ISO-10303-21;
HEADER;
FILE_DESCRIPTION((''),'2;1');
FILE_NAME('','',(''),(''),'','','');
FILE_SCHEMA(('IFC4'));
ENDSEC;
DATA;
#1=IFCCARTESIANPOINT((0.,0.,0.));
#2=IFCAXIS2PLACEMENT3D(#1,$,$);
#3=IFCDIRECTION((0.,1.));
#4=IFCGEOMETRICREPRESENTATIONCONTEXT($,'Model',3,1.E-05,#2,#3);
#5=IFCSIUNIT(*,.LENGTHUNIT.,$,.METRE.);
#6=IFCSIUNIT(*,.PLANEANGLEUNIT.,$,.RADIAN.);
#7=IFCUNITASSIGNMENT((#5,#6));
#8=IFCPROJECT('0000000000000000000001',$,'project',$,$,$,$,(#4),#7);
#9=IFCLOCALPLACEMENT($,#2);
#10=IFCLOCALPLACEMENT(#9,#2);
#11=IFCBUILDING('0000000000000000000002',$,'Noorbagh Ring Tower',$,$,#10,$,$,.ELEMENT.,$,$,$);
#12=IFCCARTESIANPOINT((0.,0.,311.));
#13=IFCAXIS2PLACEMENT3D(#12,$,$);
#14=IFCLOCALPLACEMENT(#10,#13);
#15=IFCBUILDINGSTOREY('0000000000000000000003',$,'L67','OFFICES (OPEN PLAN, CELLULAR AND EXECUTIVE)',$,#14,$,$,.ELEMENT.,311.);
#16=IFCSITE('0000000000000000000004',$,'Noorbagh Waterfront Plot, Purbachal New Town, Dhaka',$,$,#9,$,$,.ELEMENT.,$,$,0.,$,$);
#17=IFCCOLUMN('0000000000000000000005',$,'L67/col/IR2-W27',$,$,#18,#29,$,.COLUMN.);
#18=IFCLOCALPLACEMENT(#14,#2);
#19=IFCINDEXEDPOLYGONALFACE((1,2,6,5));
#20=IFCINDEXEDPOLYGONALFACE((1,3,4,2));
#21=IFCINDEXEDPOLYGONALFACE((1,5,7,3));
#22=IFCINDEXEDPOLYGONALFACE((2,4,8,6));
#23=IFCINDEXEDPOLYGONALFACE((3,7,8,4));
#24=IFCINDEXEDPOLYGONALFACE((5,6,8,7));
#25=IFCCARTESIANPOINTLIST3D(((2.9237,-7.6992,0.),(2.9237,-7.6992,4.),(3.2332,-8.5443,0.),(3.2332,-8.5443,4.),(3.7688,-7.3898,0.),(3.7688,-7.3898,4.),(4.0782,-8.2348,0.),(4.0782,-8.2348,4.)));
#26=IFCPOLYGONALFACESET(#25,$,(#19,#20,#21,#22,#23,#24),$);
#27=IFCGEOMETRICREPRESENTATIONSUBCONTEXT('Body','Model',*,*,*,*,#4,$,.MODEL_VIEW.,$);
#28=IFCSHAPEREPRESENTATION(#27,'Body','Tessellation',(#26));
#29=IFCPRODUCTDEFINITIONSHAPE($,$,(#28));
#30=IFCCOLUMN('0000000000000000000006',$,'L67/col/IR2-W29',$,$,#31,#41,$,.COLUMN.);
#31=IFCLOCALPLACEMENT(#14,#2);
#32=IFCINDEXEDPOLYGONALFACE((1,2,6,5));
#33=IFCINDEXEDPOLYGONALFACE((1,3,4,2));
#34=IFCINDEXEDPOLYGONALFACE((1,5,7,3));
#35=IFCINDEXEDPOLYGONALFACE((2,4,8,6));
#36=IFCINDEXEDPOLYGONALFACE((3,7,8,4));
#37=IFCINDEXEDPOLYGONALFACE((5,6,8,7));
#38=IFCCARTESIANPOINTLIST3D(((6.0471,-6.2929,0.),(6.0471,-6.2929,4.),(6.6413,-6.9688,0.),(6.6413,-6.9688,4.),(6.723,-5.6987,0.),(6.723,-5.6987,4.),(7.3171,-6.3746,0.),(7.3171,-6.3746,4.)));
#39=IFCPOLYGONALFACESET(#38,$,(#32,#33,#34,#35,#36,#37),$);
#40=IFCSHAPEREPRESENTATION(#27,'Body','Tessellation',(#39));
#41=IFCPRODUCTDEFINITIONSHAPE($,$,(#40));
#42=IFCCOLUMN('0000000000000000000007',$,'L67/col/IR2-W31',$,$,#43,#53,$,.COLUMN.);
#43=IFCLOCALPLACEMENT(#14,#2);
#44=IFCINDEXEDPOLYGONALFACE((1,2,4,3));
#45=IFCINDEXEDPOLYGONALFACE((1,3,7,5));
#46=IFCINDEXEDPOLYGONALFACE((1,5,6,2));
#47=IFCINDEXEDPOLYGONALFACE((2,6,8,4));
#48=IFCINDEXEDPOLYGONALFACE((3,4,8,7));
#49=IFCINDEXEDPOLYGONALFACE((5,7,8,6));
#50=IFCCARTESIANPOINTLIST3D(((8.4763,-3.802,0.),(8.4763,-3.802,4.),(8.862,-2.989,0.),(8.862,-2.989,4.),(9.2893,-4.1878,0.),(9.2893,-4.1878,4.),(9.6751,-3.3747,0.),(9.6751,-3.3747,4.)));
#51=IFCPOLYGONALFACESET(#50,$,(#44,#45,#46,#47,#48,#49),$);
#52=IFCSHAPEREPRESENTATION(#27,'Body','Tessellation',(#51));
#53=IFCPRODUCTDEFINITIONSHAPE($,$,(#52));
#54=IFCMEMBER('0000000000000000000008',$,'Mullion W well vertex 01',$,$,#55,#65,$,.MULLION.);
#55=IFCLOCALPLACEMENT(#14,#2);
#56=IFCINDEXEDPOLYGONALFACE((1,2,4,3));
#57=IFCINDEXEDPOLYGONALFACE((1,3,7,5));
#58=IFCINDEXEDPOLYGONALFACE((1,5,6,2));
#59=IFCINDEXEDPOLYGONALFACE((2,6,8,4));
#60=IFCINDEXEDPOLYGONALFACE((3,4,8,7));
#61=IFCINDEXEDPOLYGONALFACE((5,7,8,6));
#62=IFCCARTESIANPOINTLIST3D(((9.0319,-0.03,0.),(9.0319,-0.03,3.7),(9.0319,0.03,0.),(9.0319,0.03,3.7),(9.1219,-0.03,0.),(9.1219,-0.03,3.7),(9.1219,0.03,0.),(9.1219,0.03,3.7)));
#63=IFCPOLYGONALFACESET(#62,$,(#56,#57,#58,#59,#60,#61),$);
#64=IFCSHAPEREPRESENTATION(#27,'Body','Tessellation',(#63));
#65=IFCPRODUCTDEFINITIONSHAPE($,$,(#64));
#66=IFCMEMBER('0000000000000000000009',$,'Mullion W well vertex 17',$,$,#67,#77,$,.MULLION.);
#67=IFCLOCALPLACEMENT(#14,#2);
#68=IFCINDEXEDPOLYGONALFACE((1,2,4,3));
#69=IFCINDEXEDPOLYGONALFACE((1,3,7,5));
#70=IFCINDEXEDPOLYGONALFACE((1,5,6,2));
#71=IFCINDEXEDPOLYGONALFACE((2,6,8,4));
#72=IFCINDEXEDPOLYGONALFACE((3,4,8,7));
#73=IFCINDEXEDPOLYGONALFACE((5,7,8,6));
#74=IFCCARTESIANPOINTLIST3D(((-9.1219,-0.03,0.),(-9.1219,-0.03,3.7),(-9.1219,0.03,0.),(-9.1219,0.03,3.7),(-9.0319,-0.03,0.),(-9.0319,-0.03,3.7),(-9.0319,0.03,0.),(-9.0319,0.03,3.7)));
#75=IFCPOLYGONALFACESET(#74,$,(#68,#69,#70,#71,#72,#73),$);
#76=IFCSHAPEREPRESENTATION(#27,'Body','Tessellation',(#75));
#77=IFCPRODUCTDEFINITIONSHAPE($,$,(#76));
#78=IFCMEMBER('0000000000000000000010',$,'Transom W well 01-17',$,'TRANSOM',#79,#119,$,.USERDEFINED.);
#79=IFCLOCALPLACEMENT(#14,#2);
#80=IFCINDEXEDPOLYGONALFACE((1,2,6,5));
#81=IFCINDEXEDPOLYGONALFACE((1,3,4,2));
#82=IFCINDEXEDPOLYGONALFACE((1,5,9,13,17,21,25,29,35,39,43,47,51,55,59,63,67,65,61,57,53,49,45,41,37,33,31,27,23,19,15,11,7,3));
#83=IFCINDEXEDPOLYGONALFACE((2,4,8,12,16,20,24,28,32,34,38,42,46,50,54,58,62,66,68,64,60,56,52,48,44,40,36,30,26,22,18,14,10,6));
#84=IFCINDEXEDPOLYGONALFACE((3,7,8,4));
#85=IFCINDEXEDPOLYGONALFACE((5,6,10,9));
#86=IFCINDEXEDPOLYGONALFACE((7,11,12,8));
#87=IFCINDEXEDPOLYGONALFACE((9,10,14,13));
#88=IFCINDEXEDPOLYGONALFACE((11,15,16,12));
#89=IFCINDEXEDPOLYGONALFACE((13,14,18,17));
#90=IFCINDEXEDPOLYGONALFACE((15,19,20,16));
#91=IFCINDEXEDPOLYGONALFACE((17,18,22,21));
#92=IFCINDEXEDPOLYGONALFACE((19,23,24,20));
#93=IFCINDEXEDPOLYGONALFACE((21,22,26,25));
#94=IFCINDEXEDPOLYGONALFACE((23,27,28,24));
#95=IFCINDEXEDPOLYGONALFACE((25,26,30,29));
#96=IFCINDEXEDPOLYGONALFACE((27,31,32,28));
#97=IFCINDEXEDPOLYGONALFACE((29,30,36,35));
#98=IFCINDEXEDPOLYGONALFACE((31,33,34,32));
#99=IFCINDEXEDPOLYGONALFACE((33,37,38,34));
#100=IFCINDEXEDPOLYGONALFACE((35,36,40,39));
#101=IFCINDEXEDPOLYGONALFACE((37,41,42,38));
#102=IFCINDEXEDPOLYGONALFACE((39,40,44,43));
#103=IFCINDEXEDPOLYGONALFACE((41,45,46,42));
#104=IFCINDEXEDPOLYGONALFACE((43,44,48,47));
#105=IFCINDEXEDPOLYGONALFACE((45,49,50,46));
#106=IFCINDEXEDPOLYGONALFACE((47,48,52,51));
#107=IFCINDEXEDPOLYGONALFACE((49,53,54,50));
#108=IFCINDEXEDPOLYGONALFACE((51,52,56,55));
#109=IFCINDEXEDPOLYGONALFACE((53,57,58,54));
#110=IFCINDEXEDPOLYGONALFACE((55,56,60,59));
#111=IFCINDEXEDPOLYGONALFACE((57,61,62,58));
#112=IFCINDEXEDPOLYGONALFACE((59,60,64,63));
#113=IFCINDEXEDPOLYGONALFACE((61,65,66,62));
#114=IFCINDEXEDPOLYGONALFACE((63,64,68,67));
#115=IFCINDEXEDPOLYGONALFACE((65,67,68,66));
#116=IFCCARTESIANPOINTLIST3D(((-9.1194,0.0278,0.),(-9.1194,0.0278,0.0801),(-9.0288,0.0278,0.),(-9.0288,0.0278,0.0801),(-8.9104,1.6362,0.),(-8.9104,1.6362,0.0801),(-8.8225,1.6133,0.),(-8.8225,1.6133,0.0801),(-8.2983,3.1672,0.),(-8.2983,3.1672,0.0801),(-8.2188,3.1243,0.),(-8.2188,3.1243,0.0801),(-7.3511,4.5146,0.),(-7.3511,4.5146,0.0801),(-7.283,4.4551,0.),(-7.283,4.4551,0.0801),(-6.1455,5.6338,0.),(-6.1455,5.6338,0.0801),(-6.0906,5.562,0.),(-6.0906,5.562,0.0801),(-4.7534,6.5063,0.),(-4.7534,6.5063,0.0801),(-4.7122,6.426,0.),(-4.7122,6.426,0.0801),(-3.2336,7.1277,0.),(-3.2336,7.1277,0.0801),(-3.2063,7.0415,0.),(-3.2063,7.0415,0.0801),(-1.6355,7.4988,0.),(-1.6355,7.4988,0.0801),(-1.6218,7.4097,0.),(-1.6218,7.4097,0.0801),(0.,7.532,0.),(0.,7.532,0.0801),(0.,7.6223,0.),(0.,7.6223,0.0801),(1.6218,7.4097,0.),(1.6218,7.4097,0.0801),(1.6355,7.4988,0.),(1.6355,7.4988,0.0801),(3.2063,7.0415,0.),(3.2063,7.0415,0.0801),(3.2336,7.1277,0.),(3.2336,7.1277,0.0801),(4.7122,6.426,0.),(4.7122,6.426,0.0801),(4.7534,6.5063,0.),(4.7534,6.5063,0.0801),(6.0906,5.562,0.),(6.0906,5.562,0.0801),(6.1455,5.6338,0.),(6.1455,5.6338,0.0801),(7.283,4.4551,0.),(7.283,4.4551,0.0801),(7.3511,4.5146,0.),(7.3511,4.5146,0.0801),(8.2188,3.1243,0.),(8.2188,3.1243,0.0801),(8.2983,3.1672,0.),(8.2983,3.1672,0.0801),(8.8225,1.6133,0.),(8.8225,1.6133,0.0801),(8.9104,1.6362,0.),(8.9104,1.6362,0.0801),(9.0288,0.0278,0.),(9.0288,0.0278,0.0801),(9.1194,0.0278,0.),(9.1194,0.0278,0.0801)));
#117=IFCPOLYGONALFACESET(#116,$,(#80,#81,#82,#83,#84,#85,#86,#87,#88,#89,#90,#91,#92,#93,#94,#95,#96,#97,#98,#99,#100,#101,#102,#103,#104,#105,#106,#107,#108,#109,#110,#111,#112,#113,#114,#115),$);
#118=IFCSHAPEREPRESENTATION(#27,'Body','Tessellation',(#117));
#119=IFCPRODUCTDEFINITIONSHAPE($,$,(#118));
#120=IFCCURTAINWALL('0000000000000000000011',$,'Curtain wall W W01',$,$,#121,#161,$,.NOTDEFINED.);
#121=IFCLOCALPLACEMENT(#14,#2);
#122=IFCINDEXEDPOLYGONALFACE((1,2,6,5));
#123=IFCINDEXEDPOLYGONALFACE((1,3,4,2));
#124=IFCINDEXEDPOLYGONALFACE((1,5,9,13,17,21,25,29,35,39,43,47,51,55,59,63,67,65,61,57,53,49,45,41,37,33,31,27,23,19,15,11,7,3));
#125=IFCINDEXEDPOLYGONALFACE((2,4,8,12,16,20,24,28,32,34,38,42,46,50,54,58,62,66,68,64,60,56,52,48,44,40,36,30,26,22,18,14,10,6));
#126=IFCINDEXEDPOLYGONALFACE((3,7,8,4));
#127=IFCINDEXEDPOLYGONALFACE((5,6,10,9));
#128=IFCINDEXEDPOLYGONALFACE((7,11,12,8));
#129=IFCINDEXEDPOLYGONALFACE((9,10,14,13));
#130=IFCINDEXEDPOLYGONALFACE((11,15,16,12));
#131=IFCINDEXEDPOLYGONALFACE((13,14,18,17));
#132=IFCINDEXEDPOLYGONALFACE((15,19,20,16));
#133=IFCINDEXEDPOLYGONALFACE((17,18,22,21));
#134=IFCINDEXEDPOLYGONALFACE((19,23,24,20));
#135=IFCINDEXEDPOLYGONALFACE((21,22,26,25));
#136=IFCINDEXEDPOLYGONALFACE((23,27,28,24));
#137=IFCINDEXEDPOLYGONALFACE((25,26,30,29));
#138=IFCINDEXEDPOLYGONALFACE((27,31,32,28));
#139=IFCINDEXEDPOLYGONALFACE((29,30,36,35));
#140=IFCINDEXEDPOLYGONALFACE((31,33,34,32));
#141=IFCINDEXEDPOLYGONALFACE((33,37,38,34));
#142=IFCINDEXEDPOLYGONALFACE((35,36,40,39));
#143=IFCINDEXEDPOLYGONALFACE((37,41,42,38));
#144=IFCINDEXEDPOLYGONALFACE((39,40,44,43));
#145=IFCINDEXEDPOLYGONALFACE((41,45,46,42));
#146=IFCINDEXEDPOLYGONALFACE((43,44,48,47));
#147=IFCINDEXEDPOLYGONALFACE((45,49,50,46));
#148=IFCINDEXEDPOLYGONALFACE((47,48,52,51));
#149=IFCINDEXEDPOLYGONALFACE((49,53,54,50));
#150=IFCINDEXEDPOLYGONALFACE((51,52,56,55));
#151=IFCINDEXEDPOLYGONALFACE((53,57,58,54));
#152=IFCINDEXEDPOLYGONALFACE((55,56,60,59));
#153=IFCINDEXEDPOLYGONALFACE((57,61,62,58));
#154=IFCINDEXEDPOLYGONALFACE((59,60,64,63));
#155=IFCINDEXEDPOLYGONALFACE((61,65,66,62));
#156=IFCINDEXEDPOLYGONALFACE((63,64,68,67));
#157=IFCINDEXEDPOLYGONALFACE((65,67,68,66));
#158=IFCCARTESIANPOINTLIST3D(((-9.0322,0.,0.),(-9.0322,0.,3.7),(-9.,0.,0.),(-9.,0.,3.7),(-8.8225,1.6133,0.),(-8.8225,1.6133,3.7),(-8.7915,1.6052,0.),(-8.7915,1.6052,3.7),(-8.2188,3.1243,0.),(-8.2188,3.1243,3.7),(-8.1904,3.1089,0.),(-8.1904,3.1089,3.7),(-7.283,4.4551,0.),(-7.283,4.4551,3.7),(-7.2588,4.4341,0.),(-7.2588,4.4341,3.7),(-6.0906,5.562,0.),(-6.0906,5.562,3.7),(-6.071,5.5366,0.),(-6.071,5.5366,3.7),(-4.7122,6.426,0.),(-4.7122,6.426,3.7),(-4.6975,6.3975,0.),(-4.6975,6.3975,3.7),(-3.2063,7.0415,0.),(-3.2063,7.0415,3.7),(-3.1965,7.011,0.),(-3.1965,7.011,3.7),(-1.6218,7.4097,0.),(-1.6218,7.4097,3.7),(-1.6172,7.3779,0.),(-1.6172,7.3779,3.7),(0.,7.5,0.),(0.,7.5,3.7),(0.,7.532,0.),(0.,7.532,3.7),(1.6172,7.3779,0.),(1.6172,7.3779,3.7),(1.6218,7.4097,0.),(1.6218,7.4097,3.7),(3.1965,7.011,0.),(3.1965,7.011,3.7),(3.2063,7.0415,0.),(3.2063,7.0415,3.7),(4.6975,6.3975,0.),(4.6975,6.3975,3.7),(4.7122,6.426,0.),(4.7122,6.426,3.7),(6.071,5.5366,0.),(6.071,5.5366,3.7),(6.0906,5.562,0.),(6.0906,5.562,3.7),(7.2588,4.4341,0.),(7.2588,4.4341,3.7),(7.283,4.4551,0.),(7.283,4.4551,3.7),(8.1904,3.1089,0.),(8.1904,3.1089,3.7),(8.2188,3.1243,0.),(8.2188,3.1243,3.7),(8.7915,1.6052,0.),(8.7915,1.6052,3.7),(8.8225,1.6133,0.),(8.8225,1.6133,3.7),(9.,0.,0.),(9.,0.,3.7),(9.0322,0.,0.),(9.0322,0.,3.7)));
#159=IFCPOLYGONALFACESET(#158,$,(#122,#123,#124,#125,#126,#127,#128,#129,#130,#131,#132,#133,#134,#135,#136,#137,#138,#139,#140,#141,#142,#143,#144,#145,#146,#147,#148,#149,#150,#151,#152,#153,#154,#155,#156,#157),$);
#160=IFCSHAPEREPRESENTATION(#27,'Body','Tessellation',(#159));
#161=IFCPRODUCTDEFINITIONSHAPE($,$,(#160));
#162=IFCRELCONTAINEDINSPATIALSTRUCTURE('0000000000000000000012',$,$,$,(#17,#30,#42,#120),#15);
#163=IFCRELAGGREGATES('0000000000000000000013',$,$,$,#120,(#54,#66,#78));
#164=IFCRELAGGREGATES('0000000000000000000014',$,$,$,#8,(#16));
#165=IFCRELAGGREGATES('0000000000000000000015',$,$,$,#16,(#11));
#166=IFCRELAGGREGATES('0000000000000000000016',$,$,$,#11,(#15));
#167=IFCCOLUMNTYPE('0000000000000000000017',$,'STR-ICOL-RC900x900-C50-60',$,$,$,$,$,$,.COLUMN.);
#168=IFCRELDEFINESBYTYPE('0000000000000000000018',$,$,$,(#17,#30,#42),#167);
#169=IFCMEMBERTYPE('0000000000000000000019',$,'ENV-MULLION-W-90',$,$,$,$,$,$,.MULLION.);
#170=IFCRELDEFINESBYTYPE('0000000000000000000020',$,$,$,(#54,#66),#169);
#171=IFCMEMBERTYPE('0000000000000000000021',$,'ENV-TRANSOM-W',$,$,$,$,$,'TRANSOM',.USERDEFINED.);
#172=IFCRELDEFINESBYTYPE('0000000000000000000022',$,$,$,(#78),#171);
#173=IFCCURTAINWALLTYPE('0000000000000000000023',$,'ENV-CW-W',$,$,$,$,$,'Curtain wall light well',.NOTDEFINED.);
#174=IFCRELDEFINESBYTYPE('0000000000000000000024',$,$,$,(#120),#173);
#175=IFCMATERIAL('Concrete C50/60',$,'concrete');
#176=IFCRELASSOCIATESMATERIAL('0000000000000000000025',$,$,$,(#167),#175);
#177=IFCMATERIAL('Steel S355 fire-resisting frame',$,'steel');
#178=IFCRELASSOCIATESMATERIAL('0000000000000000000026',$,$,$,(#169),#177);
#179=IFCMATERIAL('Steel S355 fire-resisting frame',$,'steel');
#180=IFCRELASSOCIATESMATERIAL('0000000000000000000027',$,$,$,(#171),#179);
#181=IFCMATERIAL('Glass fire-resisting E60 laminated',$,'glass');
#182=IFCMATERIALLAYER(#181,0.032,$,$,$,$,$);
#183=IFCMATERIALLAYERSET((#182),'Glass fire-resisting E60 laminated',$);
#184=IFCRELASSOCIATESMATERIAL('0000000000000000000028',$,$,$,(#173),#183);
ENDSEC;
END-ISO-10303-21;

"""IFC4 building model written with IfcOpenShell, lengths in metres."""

from ifc_helpers import new_model, si_unit, direction, frame, origin, origin_2d, place, context, subcontext, project, spatial, polyline, rectangle, outline, extrude, material, layer, layer_set, material_profile, profile_set, type_object, element, aggregate, save


model = new_model("IFC4")

# Units and contexts
model_context = context("Model", 3, precision=1e-05, world=origin(), true_north=direction((0.0, 1.0)))
body_context = subcontext(model_context, "Body", "Model", "MODEL_VIEW")
ifc_project = project(units=[si_unit("LENGTHUNIT", "METRE"), si_unit("PLANEANGLEUNIT", "RADIAN")], contexts=[model_context])

# Site, building, storey
site_placement = place(None, origin())
site = spatial("IfcSite", under=ifc_project, at=site_placement, Name="Noorbagh Waterfront Plot, Purbachal New Town, Dhaka", CompositionType="ELEMENT", RefElevation=0.0)
building_placement = place(site_placement, origin())
building = spatial("IfcBuilding", under=site, at=building_placement, Name="Noorbagh Ring Tower", CompositionType="ELEMENT")
storey_placement = place(building_placement, frame((0.0, 0.0, 311.0)))
storey = spatial("IfcBuildingStorey", under=building, at=storey_placement, Name="L67", Description="OFFICES (OPEN PLAN, CELLULAR AND EXECUTIVE)", CompositionType="ELEMENT", Elevation=311.0)

# Columns
ifc_material_1 = material(Name="Concrete C50/60", Category="concrete")
ifc_material_profile_1 = material_profile(ifc_material_1, rectangle(XDim=0.8999, YDim=0.8999, at=origin_2d()), Name="RC900x900")
ifc_profile_set_1 = profile_set([ifc_material_profile_1], Name="Concrete C50/60")
column_type = type_object("IfcColumnType", Name="STR-ICOL-RC900x900-C50-60", PredefinedType="COLUMN", material=ifc_profile_set_1)
for number, where, z_axis, x_axis, name in (
    (1, (3.501, -7.967, 0.0), (0.0, 0.0, 1.0), (0.93902, 0.343864, 0.0), "L67/col/IR2-W27"),
    (2, (6.6821, -6.3337, 0.0), (0.0, 0.0, 1.0), (0.751022, 0.660277, 0.0), "L67/col/IR2-W29"),
    (3, (9.0757, -3.5884, 0.0), (0.0, 0.0, 1.0), (0.428667, 0.903463, 0.0), "L67/col/IR2-W31"),
):
    element("IfcColumn", number, at=place(storey_placement, frame(where, z_axis=z_axis, x_axis=x_axis)), inside=storey, type_object=column_type, Name=name, PredefinedType="COLUMN", context=body_context, shape_type="SweptSolid", body=[
        extrude(rectangle(XDim=0.8999, YDim=0.8999, at=origin_2d()), origin(), (0.0, 0.0, 1.0), 4.0),
    ])

# Members
ifc_material_2 = material(Name="Steel S355 fire-resisting frame", Category="steel")
ifc_material_profile_2 = material_profile(ifc_material_2, rectangle(XDim=0.0901, YDim=0.0601, at=origin_2d()), Name="90x60")
ifc_profile_set_2 = profile_set([ifc_material_profile_2], Name="Steel S355 fire-resisting frame")
member_type_1 = type_object("IfcMemberType", Name="ENV-MULLION-W-90", PredefinedType="MULLION", material=ifc_profile_set_2)
member_1_placement = place(storey_placement, frame((9.0769, 0.0, 0.0), z_axis=(0.0, 0.0, 1.0), x_axis=(1.0, 0.0, 0.0)))
member_1 = element("IfcMember", 4, at=member_1_placement, type_object=member_type_1, Name="Mullion W well vertex 01", PredefinedType="MULLION", context=body_context, shape_type="SweptSolid", body=[
    extrude(rectangle(XDim=0.0901, YDim=0.0601, at=origin_2d()), origin(), (0.0, 0.0, 1.0), 3.7),
])
member_2_placement = place(storey_placement, frame((-9.0769, 0.0, 0.0), z_axis=(0.0, 0.0, 1.0), x_axis=(-1.0, 0.0, 0.0)))
member_2 = element("IfcMember", 5, at=member_2_placement, type_object=member_type_1, Name="Mullion W well vertex 17", PredefinedType="MULLION", context=body_context, shape_type="SweptSolid", body=[
    extrude(rectangle(XDim=0.0901, YDim=0.0601, at=origin_2d()), origin(), (0.0, 0.0, 1.0), 3.7),
])
ifc_material_3 = material(Name="Steel S355 fire-resisting frame", Category="steel")
member_type_2 = type_object("IfcMemberType", Name="ENV-TRANSOM-W", ElementType="TRANSOM", PredefinedType="USERDEFINED", material=ifc_material_3)
member_3_placement = place(storey_placement, origin())
member_3 = element("IfcMember", 6, at=member_3_placement, type_object=member_type_2, Name="Transom W well 01-17", ObjectType="TRANSOM", PredefinedType="USERDEFINED", context=body_context, shape_type="SweptSolid", body=[
    extrude(outline(polyline([(9.1194, 0.0278), (8.9104, 1.6362), (8.2983, 3.1672), (7.3511, 4.5146), (6.1455, 5.6338), (4.7534, 6.5063), (3.2336, 7.1277), (1.6355, 7.4988), (0.0, 7.6223), (-1.6355, 7.4988), (-3.2336, 7.1277), (-4.7534, 6.5063), (-6.1455, 5.6338), (-7.3511, 4.5146), (-8.2983, 3.1672), (-8.9104, 1.6362), (-9.1194, 0.0278), (-9.0288, 0.0278), (-8.8225, 1.6133), (-8.2188, 3.1243), (-7.283, 4.4551), (-6.0906, 5.562), (-4.7122, 6.426), (-3.2063, 7.0415), (-1.6218, 7.4097), (0.0, 7.532), (1.6218, 7.4097), (3.2063, 7.0415), (4.7122, 6.426), (6.0906, 5.562), (7.283, 4.4551), (8.2188, 3.1243), (8.8225, 1.6133), (9.0288, 0.0278), (9.1194, 0.0278)])), origin(), (0.0, 0.0, 1.0), 0.0801),
])

# Curtain wall
ifc_material_4 = material(Name="Glass fire-resisting E60 laminated", Category="glass")
ifc_layer_1 = layer(ifc_material_4, 0.032)
ifc_layer_set_1 = layer_set([ifc_layer_1], Name="Glass fire-resisting E60 laminated")
curtain_wall_type = type_object("IfcCurtainWallType", Name="ENV-CW-W", ElementType="Curtain wall light well", PredefinedType="NOTDEFINED", material=ifc_layer_set_1)
curtain_wall_1_placement = place(storey_placement, origin())
curtain_wall_1 = element("IfcCurtainWall", 7, at=curtain_wall_1_placement, inside=storey, type_object=curtain_wall_type, Name="Curtain wall W W01", PredefinedType="NOTDEFINED", context=body_context, shape_type="SweptSolid", body=[
    extrude(outline(polyline([(9.0322, 0.0), (8.8225, 1.6133), (8.2188, 3.1243), (7.283, 4.4551), (6.0906, 5.562), (4.7122, 6.426), (3.2063, 7.0415), (1.6218, 7.4097), (0.0, 7.532), (-1.6218, 7.4097), (-3.2063, 7.0415), (-4.7122, 6.426), (-6.0906, 5.562), (-7.283, 4.4551), (-8.2188, 3.1243), (-8.8225, 1.6133), (-9.0322, 0.0), (-9.0, 0.0), (-8.7915, 1.6052), (-8.1904, 3.1089), (-7.2588, 4.4341), (-6.071, 5.5366), (-4.6975, 6.3975), (-3.1965, 7.011), (-1.6172, 7.3779), (0.0, 7.5), (1.6172, 7.3779), (3.1965, 7.011), (4.6975, 6.3975), (6.071, 5.5366), (7.2588, 4.4341), (8.1904, 3.1089), (8.7915, 1.6052), (9.0, 0.0), (9.0322, 0.0)])), origin(), (0.0, 0.0, 1.0), 3.7),
])
aggregate(curtain_wall_1, [member_1, member_2, member_3])

save(model, "model.ifc")
